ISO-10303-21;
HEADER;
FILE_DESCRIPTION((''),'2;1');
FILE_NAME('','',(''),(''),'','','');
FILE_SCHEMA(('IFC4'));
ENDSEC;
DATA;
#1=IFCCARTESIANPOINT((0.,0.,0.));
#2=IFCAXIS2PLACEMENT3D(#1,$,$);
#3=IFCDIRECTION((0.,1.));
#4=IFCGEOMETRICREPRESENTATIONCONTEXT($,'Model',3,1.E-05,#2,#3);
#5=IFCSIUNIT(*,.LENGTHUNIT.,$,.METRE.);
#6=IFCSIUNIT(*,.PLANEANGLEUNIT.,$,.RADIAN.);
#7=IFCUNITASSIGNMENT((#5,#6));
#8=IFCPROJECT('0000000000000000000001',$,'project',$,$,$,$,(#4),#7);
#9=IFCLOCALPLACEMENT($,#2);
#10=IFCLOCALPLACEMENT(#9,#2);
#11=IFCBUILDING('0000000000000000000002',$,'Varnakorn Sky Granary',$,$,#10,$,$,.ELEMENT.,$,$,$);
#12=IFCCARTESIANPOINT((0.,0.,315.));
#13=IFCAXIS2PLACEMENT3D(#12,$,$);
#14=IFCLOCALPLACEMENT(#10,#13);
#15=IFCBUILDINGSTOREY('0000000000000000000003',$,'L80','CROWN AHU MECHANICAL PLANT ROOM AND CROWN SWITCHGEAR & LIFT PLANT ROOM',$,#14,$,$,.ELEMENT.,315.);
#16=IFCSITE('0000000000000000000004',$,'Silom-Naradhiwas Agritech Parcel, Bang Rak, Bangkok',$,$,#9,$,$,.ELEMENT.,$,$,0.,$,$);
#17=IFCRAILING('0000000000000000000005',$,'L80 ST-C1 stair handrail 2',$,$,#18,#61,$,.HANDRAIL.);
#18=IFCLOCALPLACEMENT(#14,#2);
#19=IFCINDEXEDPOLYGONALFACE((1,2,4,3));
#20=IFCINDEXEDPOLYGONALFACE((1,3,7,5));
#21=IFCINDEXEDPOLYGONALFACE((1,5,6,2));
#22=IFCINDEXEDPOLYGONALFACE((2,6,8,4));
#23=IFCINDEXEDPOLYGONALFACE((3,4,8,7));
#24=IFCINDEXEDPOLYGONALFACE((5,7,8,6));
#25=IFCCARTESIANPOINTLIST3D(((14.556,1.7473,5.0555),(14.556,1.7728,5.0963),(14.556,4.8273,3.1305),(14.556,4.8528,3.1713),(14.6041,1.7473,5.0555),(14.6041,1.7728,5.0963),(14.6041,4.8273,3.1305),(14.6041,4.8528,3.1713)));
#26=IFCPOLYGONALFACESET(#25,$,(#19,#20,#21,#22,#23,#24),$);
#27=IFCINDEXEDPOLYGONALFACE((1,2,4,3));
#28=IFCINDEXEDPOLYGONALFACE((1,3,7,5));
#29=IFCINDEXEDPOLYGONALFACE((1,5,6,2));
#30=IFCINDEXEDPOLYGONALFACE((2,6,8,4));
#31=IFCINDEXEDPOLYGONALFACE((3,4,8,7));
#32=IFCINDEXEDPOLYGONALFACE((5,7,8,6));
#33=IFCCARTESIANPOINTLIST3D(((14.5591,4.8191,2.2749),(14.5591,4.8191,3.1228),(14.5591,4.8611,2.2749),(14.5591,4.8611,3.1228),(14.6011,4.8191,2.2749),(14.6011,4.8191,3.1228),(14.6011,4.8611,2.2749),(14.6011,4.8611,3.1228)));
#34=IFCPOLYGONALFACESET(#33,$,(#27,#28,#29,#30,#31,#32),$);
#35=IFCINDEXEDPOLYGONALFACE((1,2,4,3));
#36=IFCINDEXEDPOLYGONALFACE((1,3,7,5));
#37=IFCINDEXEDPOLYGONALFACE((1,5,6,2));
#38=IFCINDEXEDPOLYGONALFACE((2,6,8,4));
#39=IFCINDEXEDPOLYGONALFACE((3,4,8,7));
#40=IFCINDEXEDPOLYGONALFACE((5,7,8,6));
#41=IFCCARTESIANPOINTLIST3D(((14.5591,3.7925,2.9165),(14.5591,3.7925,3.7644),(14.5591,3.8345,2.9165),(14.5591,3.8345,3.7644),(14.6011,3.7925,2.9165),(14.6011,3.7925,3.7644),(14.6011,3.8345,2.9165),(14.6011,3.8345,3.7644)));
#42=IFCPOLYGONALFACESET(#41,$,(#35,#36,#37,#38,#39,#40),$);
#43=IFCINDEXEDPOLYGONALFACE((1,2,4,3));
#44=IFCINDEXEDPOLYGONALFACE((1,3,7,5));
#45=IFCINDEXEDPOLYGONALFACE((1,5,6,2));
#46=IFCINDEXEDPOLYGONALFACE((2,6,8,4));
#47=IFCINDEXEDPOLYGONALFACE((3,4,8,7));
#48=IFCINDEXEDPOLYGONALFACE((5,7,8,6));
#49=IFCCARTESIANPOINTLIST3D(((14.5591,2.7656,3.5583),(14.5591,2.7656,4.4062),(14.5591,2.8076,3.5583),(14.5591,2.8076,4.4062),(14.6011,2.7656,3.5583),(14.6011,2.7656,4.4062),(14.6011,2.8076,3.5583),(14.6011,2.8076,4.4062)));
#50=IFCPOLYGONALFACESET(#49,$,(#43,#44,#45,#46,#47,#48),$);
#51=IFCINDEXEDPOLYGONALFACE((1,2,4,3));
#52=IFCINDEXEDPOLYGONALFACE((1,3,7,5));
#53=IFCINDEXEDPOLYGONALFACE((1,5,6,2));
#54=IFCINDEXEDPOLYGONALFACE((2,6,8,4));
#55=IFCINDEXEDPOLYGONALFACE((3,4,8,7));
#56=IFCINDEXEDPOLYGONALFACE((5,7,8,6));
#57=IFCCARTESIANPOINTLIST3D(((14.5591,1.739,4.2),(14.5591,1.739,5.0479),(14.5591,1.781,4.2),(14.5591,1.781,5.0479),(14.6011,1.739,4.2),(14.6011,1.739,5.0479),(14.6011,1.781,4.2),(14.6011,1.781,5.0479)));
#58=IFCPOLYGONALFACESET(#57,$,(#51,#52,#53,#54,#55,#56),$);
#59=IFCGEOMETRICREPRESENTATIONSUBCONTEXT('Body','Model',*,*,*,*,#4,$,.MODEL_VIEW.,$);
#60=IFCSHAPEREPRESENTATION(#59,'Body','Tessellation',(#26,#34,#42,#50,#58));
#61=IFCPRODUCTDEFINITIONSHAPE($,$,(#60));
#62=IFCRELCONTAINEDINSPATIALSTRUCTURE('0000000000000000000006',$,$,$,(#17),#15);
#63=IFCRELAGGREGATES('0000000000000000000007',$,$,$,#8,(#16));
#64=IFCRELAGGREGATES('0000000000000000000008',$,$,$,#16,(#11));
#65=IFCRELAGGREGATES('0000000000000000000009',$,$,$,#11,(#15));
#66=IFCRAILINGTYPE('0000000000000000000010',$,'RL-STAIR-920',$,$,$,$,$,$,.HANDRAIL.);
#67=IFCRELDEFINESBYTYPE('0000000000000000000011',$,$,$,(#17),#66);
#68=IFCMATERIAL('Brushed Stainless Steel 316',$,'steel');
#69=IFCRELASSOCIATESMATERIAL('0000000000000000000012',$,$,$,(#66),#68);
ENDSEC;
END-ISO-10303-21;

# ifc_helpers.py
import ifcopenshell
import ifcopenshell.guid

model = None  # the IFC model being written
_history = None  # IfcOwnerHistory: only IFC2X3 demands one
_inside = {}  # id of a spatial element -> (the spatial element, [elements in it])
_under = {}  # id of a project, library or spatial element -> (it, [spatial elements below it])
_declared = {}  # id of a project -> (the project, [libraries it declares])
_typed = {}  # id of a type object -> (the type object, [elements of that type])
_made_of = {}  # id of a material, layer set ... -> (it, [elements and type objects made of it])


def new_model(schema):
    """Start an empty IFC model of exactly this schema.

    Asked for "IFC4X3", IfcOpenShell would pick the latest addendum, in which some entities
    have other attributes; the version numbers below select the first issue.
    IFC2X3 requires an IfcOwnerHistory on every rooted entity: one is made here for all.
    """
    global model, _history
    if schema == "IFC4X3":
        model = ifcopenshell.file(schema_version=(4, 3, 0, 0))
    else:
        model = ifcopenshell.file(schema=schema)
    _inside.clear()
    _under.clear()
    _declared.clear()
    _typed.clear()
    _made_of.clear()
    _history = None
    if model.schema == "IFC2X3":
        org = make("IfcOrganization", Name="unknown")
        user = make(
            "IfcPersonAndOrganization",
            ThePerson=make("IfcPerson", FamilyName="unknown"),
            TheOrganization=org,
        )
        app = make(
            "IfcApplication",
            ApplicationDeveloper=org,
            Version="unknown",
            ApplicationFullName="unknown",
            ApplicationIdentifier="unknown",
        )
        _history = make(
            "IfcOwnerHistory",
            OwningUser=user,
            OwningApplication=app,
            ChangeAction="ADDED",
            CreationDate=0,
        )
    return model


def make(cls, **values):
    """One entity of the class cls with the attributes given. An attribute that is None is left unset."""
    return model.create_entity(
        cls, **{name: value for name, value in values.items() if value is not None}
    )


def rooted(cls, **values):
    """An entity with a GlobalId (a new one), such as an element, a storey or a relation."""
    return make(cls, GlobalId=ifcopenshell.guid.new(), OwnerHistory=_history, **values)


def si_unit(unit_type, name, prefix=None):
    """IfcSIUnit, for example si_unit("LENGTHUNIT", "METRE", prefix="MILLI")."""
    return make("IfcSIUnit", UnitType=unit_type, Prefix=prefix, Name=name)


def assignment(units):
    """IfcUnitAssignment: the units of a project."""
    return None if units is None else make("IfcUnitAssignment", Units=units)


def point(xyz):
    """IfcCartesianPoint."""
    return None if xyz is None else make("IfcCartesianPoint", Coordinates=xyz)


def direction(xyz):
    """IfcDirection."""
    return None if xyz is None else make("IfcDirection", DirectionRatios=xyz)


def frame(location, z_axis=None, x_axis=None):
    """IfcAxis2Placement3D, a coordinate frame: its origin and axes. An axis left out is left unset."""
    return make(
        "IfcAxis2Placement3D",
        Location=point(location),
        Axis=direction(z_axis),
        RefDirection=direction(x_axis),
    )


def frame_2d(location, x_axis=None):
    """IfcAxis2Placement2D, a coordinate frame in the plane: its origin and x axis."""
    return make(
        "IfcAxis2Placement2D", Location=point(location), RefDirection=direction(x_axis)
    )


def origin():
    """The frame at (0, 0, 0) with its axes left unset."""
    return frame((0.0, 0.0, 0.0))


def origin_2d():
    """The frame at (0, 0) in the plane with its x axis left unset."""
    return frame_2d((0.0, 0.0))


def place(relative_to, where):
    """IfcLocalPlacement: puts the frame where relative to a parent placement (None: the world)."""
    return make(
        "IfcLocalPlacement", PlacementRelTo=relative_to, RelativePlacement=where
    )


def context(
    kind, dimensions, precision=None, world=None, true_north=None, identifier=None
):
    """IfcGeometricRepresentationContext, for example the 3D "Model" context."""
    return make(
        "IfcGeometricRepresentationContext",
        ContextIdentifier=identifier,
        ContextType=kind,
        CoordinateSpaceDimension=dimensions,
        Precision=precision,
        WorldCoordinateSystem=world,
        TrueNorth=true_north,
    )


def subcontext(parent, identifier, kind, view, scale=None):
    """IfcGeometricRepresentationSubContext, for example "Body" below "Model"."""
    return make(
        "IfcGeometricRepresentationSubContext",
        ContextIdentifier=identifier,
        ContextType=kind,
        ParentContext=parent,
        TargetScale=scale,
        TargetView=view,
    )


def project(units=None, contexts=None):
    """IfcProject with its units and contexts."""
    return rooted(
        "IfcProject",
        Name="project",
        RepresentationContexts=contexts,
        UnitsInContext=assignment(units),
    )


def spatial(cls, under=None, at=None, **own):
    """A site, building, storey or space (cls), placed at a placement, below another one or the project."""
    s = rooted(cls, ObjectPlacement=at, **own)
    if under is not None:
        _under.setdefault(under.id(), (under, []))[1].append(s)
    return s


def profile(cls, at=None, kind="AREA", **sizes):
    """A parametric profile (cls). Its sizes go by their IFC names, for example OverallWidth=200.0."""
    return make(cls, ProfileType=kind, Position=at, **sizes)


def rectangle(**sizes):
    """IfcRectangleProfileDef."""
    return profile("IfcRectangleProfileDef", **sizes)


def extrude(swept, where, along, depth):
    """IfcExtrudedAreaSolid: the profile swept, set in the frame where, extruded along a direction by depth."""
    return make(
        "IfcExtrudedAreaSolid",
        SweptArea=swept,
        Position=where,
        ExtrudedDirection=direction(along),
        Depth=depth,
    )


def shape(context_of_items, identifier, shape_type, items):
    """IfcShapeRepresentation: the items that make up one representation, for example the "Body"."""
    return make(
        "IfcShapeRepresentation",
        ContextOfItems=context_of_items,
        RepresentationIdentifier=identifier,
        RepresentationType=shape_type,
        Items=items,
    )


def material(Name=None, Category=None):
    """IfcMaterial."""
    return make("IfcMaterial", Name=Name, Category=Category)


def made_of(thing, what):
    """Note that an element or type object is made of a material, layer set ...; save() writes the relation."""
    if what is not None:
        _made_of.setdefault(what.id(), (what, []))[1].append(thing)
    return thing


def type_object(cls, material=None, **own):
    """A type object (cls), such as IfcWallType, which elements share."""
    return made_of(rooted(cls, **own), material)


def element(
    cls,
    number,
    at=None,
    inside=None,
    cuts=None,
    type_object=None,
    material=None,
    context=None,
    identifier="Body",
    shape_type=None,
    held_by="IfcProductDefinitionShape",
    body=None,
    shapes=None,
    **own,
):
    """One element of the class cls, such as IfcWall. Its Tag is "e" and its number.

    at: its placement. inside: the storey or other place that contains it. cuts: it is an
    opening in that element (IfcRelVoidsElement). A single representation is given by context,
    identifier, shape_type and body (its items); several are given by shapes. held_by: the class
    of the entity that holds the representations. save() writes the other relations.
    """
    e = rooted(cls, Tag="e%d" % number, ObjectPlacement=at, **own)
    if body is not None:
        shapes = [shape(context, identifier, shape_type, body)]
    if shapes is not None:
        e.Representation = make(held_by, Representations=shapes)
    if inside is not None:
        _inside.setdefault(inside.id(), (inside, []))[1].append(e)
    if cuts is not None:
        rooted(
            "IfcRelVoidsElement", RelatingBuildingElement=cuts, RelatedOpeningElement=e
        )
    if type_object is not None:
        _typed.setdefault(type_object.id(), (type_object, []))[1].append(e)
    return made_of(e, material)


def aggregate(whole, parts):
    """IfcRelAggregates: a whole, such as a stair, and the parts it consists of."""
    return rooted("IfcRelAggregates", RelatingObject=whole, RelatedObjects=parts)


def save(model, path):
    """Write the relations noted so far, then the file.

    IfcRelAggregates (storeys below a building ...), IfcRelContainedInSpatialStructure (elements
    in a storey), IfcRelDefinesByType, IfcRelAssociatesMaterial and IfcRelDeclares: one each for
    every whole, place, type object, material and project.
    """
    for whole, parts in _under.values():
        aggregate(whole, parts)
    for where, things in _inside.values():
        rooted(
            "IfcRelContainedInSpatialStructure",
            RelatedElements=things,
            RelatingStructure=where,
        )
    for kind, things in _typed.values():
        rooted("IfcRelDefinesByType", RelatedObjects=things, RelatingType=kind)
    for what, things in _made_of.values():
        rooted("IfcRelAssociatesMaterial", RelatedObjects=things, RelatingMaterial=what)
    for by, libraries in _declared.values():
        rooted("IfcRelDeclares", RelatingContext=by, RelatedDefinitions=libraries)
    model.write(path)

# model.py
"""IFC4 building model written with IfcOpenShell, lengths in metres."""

from ifc_helpers import new_model, si_unit, direction, frame, origin, origin_2d, place, context, subcontext, project, spatial, rectangle, extrude, material, type_object, element, save


model = new_model("IFC4")

# Units and contexts
model_context = context("Model", 3, precision=1e-05, world=origin(), true_north=direction((0.0, 1.0)))
body_context = subcontext(model_context, "Body", "Model", "MODEL_VIEW")
ifc_project = project(units=[si_unit("LENGTHUNIT", "METRE"), si_unit("PLANEANGLEUNIT", "RADIAN")], contexts=[model_context])

# Site, building, storey
site_placement = place(None, origin())
site = spatial("IfcSite", under=ifc_project, at=site_placement, Name="Silom-Naradhiwas Agritech Parcel, Bang Rak, Bangkok", CompositionType="ELEMENT", RefElevation=0.0)
building_placement = place(site_placement, origin())
building = spatial("IfcBuilding", under=site, at=building_placement, Name="Varnakorn Sky Granary", CompositionType="ELEMENT")
storey_placement = place(building_placement, frame((0.0, 0.0, 315.0)))
storey = spatial("IfcBuildingStorey", under=building, at=storey_placement, Name="L80", Description="CROWN AHU MECHANICAL PLANT ROOM AND CROWN SWITCHGEAR & LIFT PLANT ROOM", CompositionType="ELEMENT", Elevation=315.0)

# Railing
ifc_material_1 = material(Name="Brushed Stainless Steel 316", Category="steel")
railing_type_1 = type_object("IfcRailingType", Name="RL-STAIR-920", PredefinedType="HANDRAIL", material=ifc_material_1)
railing_1_placement = place(storey_placement, frame((14.5801, 4.8401, 2.2749)))
element("IfcRailing", 1, at=railing_1_placement, inside=storey, type_object=railing_type_1, Name="L80 ST-C1 stair handrail 2", PredefinedType="HANDRAIL", context=body_context, shape_type="SweptSolid", body=[
    extrude(rectangle(XDim=0.0481, YDim=0.0481, at=origin_2d()), frame((0.0, 0.0, 0.876), z_axis=(0.0, -0.847998, 0.529999), x_axis=(1.0, 0.0, 0.0)), (0.0, 0.0, 1.0), 3.6321),
    extrude(rectangle(XDim=0.042, YDim=0.042, at=origin_2d()), origin(), (0.0, 0.0, 1.0), 0.8479),
    extrude(rectangle(XDim=0.042, YDim=0.042, at=origin_2d()), frame((0.0, -1.0266, 0.6416)), (0.0, 0.0, 1.0), 0.8479),
    extrude(rectangle(XDim=0.042, YDim=0.042, at=origin_2d()), frame((0.0, -2.0535, 1.2834)), (0.0, 0.0, 1.0), 0.8479),
    extrude(rectangle(XDim=0.042, YDim=0.042, at=origin_2d()), frame((0.0, -3.0801, 1.925)), (0.0, 0.0, 1.0), 0.8479),
])

save(model, "model.ifc")
